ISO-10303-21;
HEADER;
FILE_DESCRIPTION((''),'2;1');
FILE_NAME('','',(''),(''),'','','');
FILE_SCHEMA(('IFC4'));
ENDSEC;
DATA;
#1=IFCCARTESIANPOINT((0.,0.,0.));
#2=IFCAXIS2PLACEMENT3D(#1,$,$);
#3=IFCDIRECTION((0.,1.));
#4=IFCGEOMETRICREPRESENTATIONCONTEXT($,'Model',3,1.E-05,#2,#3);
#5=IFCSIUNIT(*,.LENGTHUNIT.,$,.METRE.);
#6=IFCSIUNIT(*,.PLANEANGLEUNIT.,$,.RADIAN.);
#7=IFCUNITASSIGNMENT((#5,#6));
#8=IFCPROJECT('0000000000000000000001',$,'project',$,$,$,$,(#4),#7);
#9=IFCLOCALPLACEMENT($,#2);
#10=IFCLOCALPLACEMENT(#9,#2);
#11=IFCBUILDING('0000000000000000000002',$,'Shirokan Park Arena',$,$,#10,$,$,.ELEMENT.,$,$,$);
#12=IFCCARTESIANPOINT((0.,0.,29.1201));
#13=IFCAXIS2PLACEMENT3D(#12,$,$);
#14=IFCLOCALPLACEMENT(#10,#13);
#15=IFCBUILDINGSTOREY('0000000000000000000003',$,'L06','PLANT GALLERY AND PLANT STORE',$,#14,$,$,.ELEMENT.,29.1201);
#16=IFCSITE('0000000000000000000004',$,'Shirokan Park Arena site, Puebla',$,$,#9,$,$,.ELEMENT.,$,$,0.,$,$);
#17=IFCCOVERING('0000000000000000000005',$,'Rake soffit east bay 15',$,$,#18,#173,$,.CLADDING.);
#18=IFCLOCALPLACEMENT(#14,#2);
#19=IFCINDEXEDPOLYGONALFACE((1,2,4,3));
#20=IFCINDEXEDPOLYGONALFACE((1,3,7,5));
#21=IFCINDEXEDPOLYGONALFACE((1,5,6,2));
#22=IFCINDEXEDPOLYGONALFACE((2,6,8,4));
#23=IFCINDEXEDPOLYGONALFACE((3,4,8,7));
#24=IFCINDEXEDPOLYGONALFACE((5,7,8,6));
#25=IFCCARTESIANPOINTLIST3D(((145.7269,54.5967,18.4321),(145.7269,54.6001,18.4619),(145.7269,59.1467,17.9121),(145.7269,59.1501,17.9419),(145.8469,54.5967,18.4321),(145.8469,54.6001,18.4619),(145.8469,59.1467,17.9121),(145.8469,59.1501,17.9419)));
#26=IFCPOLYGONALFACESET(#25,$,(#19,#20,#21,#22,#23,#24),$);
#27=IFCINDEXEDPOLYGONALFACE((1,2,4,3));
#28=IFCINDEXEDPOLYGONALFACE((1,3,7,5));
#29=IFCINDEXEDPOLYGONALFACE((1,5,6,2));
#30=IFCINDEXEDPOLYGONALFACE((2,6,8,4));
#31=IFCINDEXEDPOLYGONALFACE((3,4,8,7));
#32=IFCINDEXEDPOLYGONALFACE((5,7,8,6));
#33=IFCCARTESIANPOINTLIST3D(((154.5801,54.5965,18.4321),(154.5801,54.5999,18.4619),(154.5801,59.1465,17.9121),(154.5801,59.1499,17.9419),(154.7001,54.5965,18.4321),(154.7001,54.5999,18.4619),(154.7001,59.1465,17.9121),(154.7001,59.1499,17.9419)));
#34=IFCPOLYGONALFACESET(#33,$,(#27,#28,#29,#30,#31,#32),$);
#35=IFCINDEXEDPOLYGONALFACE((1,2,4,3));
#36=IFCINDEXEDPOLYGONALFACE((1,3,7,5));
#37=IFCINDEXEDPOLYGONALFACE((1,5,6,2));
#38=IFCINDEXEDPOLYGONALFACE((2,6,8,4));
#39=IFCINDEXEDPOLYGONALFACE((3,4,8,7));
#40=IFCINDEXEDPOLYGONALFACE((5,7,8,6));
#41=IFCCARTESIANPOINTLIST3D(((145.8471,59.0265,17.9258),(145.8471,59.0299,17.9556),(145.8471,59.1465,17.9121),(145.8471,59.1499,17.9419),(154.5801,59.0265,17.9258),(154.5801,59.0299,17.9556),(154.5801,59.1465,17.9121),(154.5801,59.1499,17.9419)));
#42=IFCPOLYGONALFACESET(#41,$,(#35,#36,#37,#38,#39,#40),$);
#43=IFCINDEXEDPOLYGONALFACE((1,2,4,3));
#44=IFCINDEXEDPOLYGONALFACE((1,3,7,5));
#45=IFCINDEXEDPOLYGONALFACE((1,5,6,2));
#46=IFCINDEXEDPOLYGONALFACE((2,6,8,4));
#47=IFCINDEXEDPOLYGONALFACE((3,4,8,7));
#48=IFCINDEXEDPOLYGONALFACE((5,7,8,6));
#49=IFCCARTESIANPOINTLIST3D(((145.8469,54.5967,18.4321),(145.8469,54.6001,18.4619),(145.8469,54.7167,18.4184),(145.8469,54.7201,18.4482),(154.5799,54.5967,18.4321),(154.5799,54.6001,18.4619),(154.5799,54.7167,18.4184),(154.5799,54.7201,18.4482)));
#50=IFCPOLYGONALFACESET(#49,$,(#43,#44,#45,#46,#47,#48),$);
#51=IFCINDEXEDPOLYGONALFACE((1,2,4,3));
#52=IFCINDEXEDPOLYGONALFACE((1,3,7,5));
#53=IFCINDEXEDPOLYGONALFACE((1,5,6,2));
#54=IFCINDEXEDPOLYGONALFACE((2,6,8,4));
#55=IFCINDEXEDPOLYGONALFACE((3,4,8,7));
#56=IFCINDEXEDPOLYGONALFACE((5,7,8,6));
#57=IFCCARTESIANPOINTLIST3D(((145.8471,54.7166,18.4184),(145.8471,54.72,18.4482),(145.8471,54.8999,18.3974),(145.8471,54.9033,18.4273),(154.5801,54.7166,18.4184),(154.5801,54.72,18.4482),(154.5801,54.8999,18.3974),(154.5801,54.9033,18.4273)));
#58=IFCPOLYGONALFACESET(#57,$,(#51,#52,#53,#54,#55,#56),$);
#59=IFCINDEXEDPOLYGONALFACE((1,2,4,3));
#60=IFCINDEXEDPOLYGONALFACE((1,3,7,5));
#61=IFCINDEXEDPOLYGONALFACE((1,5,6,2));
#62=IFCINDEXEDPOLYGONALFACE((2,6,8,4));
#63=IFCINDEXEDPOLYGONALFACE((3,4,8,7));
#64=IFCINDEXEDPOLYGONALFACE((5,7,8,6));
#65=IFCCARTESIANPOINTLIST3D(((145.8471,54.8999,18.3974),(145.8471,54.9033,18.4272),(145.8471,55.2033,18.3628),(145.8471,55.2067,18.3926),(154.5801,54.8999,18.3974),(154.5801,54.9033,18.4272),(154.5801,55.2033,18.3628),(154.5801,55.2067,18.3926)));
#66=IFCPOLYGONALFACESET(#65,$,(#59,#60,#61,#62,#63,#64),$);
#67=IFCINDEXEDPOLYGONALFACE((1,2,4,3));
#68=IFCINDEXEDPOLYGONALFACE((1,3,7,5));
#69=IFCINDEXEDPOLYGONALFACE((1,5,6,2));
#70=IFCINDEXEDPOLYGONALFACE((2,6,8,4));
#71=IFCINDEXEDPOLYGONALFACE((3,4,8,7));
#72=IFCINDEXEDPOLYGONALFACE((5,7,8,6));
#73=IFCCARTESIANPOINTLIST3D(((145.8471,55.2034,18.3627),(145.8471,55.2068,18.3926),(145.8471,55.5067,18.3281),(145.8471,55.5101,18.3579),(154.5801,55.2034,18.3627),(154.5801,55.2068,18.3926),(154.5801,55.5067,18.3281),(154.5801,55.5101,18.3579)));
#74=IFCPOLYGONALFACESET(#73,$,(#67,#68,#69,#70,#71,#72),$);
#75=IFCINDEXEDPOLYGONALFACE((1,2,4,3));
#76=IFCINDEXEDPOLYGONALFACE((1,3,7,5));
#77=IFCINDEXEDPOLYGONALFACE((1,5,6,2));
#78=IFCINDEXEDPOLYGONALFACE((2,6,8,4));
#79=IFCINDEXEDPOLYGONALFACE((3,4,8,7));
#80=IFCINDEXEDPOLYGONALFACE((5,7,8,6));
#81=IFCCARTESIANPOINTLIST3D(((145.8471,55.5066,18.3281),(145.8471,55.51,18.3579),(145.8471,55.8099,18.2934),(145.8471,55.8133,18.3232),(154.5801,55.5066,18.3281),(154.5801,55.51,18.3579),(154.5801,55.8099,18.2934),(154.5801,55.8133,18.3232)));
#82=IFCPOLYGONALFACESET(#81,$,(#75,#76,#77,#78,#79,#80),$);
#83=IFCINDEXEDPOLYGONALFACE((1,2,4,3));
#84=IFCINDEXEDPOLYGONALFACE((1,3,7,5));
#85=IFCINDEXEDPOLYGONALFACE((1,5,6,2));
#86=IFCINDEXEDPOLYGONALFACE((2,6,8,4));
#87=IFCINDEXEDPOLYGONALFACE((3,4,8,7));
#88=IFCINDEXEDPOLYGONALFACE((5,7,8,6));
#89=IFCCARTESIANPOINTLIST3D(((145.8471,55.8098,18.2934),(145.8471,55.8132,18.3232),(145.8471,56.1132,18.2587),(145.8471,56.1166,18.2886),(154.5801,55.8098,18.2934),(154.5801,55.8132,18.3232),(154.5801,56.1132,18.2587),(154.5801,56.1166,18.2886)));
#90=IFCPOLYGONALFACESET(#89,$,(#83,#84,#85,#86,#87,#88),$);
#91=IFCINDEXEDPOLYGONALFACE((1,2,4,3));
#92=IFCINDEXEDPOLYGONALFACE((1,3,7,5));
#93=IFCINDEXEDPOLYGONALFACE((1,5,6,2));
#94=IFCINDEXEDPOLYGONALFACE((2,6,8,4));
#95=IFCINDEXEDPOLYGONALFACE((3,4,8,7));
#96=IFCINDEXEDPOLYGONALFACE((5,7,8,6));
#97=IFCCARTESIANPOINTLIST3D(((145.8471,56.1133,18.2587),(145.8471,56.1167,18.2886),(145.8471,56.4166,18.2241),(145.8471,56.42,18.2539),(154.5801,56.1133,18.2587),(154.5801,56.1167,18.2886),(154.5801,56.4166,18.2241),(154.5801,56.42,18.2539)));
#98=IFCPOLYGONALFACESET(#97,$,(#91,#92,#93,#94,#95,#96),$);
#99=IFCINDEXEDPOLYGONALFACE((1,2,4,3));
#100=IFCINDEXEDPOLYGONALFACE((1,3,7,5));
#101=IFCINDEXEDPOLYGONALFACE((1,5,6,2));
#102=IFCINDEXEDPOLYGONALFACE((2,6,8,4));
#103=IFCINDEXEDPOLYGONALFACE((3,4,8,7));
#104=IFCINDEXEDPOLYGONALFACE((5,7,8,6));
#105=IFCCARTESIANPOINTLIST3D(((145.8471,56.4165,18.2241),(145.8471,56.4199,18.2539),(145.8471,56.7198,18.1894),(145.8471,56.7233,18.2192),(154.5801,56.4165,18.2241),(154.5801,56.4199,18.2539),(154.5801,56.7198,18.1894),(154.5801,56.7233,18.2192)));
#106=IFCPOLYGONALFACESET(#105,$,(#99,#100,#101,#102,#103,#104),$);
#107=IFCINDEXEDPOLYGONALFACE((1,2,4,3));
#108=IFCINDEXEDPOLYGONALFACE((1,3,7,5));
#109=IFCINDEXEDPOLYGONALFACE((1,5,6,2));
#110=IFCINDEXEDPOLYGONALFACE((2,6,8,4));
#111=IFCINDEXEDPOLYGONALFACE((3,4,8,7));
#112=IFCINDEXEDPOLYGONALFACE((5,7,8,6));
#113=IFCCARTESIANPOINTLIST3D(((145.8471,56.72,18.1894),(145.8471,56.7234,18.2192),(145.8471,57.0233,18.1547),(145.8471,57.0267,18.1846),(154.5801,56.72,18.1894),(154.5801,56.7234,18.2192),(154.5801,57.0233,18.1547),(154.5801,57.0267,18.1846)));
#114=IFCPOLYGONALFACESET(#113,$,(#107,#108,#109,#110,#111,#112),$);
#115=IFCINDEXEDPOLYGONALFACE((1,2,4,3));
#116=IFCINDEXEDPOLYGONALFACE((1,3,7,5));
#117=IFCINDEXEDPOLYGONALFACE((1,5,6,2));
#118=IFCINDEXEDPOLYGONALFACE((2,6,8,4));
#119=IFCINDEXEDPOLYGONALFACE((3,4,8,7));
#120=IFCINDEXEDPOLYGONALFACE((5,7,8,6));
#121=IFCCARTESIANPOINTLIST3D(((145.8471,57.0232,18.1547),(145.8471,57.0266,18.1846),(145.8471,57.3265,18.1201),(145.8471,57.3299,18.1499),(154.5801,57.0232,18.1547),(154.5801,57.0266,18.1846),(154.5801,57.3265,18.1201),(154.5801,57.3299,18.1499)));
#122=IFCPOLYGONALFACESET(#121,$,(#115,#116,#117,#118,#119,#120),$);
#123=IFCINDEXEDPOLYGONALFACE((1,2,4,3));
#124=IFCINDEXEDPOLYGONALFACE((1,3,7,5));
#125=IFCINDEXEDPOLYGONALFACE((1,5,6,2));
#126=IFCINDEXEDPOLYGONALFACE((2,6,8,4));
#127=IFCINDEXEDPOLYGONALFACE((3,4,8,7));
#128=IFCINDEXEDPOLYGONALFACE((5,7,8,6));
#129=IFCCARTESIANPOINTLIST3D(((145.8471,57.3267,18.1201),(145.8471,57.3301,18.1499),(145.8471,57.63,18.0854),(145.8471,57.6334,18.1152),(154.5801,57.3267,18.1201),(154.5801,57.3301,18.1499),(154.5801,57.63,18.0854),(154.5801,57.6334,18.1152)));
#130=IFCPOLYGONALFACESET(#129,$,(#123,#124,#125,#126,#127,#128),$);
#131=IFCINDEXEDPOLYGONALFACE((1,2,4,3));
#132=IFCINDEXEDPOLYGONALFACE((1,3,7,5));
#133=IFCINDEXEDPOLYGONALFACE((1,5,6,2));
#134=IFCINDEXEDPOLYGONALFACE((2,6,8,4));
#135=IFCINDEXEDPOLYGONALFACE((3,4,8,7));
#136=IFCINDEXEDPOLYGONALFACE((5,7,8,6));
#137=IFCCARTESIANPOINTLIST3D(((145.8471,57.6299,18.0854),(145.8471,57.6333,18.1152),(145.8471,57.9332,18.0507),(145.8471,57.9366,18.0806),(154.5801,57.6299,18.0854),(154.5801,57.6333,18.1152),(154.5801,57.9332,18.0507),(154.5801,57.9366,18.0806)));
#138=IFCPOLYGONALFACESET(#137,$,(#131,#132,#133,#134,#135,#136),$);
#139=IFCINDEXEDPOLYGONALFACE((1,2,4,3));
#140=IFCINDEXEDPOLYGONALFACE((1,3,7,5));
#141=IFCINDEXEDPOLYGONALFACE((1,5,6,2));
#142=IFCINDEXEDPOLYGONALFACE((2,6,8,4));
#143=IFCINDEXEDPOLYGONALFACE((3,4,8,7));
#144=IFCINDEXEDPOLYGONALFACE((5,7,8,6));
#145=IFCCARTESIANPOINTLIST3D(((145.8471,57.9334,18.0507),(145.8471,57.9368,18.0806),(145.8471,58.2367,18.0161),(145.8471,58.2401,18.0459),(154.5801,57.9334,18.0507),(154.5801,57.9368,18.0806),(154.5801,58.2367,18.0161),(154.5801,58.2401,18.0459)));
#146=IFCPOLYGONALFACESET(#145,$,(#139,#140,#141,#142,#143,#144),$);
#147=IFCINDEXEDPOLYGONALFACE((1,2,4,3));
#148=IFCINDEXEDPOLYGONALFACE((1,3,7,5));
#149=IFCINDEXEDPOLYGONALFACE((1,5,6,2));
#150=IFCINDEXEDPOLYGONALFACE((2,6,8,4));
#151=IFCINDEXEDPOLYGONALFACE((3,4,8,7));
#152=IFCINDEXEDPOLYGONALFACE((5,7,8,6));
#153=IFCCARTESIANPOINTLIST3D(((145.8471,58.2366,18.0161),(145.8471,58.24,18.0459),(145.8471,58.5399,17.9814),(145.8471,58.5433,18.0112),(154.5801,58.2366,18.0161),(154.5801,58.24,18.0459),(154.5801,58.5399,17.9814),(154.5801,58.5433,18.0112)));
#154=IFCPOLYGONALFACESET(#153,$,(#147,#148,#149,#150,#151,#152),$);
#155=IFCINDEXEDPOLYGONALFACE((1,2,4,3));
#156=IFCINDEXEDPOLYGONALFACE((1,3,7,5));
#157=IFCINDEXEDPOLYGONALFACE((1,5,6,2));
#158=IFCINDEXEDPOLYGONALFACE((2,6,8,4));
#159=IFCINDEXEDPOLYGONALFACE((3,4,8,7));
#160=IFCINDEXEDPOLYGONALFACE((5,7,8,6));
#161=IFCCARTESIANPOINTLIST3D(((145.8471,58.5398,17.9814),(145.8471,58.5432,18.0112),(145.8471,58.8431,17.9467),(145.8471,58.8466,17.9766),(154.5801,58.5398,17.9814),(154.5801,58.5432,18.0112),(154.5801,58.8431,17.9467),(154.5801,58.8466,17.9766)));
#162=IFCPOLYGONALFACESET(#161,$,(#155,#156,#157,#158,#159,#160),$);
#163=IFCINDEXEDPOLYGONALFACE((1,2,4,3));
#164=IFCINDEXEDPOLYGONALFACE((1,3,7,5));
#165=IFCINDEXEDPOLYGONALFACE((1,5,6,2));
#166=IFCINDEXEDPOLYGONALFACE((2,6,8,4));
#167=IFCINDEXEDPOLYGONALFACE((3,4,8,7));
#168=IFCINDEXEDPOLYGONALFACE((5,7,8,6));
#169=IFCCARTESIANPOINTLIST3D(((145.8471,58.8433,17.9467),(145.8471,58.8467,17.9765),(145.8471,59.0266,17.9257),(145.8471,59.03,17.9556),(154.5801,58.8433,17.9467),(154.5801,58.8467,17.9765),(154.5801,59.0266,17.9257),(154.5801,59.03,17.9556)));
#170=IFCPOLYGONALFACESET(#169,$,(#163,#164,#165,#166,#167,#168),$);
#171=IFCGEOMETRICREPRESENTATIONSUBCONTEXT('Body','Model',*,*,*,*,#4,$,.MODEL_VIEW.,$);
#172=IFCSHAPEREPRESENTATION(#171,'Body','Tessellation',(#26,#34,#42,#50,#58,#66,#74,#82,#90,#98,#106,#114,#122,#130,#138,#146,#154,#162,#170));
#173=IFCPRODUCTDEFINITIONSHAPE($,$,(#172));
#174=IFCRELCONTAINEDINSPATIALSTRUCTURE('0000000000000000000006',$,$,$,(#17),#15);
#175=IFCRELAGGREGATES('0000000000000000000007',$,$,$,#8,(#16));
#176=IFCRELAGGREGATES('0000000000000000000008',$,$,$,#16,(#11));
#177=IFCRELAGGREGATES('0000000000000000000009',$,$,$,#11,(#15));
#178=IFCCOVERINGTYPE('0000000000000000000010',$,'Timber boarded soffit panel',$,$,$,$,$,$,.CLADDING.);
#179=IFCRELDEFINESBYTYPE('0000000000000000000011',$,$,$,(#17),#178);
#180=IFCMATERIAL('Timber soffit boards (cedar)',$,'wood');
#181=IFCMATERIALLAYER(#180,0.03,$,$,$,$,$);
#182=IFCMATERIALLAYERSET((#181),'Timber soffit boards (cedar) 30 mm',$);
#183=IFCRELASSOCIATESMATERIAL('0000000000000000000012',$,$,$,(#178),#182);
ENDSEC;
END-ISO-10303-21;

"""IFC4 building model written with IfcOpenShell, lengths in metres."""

from ifc_helpers import new_model, si_unit, direction, frame, origin, place, context, subcontext, project, spatial, polyline, outline, extrude, material, layer, layer_set, type_object, element, save


model = new_model("IFC4")

# Units and contexts
model_context = context("Model", 3, precision=1e-05, world=origin(), true_north=direction((0.0, 1.0)))
body_context = subcontext(model_context, "Body", "Model", "MODEL_VIEW")
ifc_project = project(units=[si_unit("LENGTHUNIT", "METRE"), si_unit("PLANEANGLEUNIT", "RADIAN")], contexts=[model_context])

# Site, building, storey
site_placement = place(None, origin())
site = spatial("IfcSite", under=ifc_project, at=site_placement, Name="Shirokan Park Arena site, Puebla", CompositionType="ELEMENT", RefElevation=0.0)
building_placement = place(site_placement, origin())
building = spatial("IfcBuilding", under=site, at=building_placement, Name="Shirokan Park Arena", CompositionType="ELEMENT")
storey_placement = place(building_placement, frame((0.0, 0.0, 29.1201)))
storey = spatial("IfcBuildingStorey", under=building, at=storey_placement, Name="L06", Description="PLANT GALLERY AND PLANT STORE", CompositionType="ELEMENT", Elevation=29.1201)

# Covering
ifc_material = material(Name="Timber soffit boards (cedar)", Category="wood")
ifc_layer = layer(ifc_material, 0.03)
ifc_layer_set = layer_set([ifc_layer], Name="Timber soffit boards (cedar) 30 mm")
covering_type = type_object("IfcCoveringType", Name="Timber boarded soffit panel", PredefinedType="CLADDING", material=ifc_layer_set)
covering_1_placement = place(storey_placement, origin())
element("IfcCovering", 1, at=covering_1_placement, inside=storey, type_object=covering_type, Name="Rake soffit east bay 15", PredefinedType="CLADDING", context=body_context, shape_type="SweptSolid", body=[
    extrude(outline(polyline([(0.0, 0.0), (0.12, 0.0), (0.12, -4.5796), (0.0, -4.5796), (0.0, 0.0)])), frame((145.8469, 54.6001, 18.4619), z_axis=(0.0, 0.113547, 0.993533), x_axis=(-1.0, 0.0, 0.0)), (0.0, 0.0, -1.0), 0.03),
    extrude(outline(polyline([(0.0, 0.0), (0.12, 0.0), (0.12, -4.5796), (0.0, -4.5796), (0.0, 0.0)])), frame((154.5801, 59.1499, 17.9419), z_axis=(0.0, 0.113547, 0.993533), x_axis=(1.0, 0.0, 0.0)), (0.0, 0.0, -1.0), 0.03),
    extrude(outline(polyline([(0.0, 0.0), (0.1208, 0.0), (0.1208, -8.733), (0.0, -8.733), (0.0, 0.0)])), frame((154.5801, 59.1499, 17.9419), z_axis=(0.0, 0.113512, 0.993537), x_axis=(0.0, -0.993537, 0.113512)), (0.0, 0.0, -1.0), 0.03),
    extrude(outline(polyline([(0.0, 0.0), (0.1208, 0.0), (0.1208, -8.733), (0.0, -8.733), (0.0, 0.0)])), frame((145.8469, 54.6001, 18.4619), z_axis=(0.0, 0.113512, 0.993537), x_axis=(0.0, 0.993537, -0.113512)), (0.0, 0.0, -1.0), 0.03),
    extrude(outline(polyline([(0.0, 0.0), (8.733, 0.0), (8.733, -0.1845), (0.0, -0.1845), (0.0, 0.0)])), frame((154.5801, 54.72, 18.4482), z_axis=(0.0, 0.113589, 0.993528), x_axis=(-1.0, 0.0, 0.0)), (0.0, 0.0, -1.0), 0.03),
    extrude(outline(polyline([(0.0, 0.0), (8.733, 0.0), (8.733, -0.3053), (0.0, -0.3053), (0.0, 0.0)])), frame((154.5801, 54.9033, 18.4272), z_axis=(0.0, 0.113523, 0.993535), x_axis=(-1.0, 0.0, 0.0)), (0.0, 0.0, -1.0), 0.03),
    extrude(outline(polyline([(0.0, 0.0), (8.733, 0.0), (8.733, -0.3053), (0.0, -0.3053), (0.0, 0.0)])), frame((154.5801, 55.2068, 18.3926), z_axis=(0.0, 0.113559, 0.993531), x_axis=(-1.0, 0.0, 0.0)), (0.0, 0.0, -1.0), 0.03),
    extrude(outline(polyline([(0.0, 0.0), (8.733, 0.0), (8.733, -0.3053), (0.0, -0.3053), (0.0, 0.0)])), frame((154.5801, 55.51, 18.3579), z_axis=(0.0, 0.113559, 0.993531), x_axis=(-1.0, 0.0, 0.0)), (0.0, 0.0, -1.0), 0.03),
    extrude(outline(polyline([(0.0, 0.0), (8.733, 0.0), (8.733, -0.3053), (0.0, -0.3053), (0.0, 0.0)])), frame((154.5801, 55.8132, 18.3232), z_axis=(0.0, 0.113523, 0.993535), x_axis=(-1.0, 0.0, 0.0)), (0.0, 0.0, -1.0), 0.03),
    extrude(outline(polyline([(0.0, 0.0), (8.733, 0.0), (8.733, -0.3053), (0.0, -0.3053), (0.0, 0.0)])), frame((154.5801, 56.1167, 18.2886), z_axis=(0.0, 0.113559, 0.993531), x_axis=(-1.0, 0.0, 0.0)), (0.0, 0.0, -1.0), 0.03),
    extrude(outline(polyline([(0.0, 0.0), (8.733, 0.0), (8.733, -0.3053), (0.0, -0.3053), (0.0, 0.0)])), frame((154.5801, 56.4199, 18.2539), z_axis=(0.0, 0.113559, 0.993531), x_axis=(-1.0, 0.0, 0.0)), (0.0, 0.0, -1.0), 0.03),
    extrude(outline(polyline([(0.0, 0.0), (8.733, 0.0), (8.733, -0.3053), (0.0, -0.3053), (0.0, 0.0)])), frame((154.5801, 56.7234, 18.2192), z_axis=(0.0, 0.113523, 0.993535), x_axis=(-1.0, 0.0, 0.0)), (0.0, 0.0, -1.0), 0.03),
    extrude(outline(polyline([(0.0, 0.0), (8.733, 0.0), (8.733, -0.3053), (0.0, -0.3053), (0.0, 0.0)])), frame((154.5801, 57.0266, 18.1846), z_axis=(0.0, 0.113559, 0.993531), x_axis=(-1.0, 0.0, 0.0)), (0.0, 0.0, -1.0), 0.03),
    extrude(outline(polyline([(0.0, 0.0), (8.733, 0.0), (8.733, -0.3053), (0.0, -0.3053), (0.0, 0.0)])), frame((154.5801, 57.3301, 18.1499), z_axis=(0.0, 0.113559, 0.993531), x_axis=(-1.0, 0.0, 0.0)), (0.0, 0.0, -1.0), 0.03),
    extrude(outline(polyline([(0.0, 0.0), (8.733, 0.0), (8.733, -0.3053), (0.0, -0.3053), (0.0, 0.0)])), frame((154.5801, 57.6333, 18.1152), z_axis=(0.0, 0.113523, 0.993535), x_axis=(-1.0, 0.0, 0.0)), (0.0, 0.0, -1.0), 0.03),
    extrude(outline(polyline([(0.0, 0.0), (8.733, 0.0), (8.733, -0.3053), (0.0, -0.3053), (0.0, 0.0)])), frame((154.5801, 57.9368, 18.0806), z_axis=(0.0, 0.113559, 0.993531), x_axis=(-1.0, 0.0, 0.0)), (0.0, 0.0, -1.0), 0.03),
    extrude(outline(polyline([(0.0, 0.0), (8.733, 0.0), (8.733, -0.3053), (0.0, -0.3053), (0.0, 0.0)])), frame((154.5801, 58.24, 18.0459), z_axis=(0.0, 0.113559, 0.993531), x_axis=(-1.0, 0.0, 0.0)), (0.0, 0.0, -1.0), 0.03),
    extrude(outline(polyline([(0.0, 0.0), (8.733, 0.0), (8.733, -0.3053), (0.0, -0.3053), (0.0, 0.0)])), frame((154.5801, 58.5432, 18.0112), z_axis=(0.0, 0.113523, 0.993535), x_axis=(-1.0, 0.0, 0.0)), (0.0, 0.0, -1.0), 0.03),
    extrude(outline(polyline([(0.0, 0.0), (0.1845, 0.0), (0.1845, -8.733), (0.0, -8.733), (0.0, 0.0)])), frame((154.5801, 59.03, 17.9556), z_axis=(0.0, 0.113589, 0.993528), x_axis=(0.0, -0.993528, 0.113589)), (0.0, 0.0, -1.0), 0.03),
])

save(model, "model.ifc")
